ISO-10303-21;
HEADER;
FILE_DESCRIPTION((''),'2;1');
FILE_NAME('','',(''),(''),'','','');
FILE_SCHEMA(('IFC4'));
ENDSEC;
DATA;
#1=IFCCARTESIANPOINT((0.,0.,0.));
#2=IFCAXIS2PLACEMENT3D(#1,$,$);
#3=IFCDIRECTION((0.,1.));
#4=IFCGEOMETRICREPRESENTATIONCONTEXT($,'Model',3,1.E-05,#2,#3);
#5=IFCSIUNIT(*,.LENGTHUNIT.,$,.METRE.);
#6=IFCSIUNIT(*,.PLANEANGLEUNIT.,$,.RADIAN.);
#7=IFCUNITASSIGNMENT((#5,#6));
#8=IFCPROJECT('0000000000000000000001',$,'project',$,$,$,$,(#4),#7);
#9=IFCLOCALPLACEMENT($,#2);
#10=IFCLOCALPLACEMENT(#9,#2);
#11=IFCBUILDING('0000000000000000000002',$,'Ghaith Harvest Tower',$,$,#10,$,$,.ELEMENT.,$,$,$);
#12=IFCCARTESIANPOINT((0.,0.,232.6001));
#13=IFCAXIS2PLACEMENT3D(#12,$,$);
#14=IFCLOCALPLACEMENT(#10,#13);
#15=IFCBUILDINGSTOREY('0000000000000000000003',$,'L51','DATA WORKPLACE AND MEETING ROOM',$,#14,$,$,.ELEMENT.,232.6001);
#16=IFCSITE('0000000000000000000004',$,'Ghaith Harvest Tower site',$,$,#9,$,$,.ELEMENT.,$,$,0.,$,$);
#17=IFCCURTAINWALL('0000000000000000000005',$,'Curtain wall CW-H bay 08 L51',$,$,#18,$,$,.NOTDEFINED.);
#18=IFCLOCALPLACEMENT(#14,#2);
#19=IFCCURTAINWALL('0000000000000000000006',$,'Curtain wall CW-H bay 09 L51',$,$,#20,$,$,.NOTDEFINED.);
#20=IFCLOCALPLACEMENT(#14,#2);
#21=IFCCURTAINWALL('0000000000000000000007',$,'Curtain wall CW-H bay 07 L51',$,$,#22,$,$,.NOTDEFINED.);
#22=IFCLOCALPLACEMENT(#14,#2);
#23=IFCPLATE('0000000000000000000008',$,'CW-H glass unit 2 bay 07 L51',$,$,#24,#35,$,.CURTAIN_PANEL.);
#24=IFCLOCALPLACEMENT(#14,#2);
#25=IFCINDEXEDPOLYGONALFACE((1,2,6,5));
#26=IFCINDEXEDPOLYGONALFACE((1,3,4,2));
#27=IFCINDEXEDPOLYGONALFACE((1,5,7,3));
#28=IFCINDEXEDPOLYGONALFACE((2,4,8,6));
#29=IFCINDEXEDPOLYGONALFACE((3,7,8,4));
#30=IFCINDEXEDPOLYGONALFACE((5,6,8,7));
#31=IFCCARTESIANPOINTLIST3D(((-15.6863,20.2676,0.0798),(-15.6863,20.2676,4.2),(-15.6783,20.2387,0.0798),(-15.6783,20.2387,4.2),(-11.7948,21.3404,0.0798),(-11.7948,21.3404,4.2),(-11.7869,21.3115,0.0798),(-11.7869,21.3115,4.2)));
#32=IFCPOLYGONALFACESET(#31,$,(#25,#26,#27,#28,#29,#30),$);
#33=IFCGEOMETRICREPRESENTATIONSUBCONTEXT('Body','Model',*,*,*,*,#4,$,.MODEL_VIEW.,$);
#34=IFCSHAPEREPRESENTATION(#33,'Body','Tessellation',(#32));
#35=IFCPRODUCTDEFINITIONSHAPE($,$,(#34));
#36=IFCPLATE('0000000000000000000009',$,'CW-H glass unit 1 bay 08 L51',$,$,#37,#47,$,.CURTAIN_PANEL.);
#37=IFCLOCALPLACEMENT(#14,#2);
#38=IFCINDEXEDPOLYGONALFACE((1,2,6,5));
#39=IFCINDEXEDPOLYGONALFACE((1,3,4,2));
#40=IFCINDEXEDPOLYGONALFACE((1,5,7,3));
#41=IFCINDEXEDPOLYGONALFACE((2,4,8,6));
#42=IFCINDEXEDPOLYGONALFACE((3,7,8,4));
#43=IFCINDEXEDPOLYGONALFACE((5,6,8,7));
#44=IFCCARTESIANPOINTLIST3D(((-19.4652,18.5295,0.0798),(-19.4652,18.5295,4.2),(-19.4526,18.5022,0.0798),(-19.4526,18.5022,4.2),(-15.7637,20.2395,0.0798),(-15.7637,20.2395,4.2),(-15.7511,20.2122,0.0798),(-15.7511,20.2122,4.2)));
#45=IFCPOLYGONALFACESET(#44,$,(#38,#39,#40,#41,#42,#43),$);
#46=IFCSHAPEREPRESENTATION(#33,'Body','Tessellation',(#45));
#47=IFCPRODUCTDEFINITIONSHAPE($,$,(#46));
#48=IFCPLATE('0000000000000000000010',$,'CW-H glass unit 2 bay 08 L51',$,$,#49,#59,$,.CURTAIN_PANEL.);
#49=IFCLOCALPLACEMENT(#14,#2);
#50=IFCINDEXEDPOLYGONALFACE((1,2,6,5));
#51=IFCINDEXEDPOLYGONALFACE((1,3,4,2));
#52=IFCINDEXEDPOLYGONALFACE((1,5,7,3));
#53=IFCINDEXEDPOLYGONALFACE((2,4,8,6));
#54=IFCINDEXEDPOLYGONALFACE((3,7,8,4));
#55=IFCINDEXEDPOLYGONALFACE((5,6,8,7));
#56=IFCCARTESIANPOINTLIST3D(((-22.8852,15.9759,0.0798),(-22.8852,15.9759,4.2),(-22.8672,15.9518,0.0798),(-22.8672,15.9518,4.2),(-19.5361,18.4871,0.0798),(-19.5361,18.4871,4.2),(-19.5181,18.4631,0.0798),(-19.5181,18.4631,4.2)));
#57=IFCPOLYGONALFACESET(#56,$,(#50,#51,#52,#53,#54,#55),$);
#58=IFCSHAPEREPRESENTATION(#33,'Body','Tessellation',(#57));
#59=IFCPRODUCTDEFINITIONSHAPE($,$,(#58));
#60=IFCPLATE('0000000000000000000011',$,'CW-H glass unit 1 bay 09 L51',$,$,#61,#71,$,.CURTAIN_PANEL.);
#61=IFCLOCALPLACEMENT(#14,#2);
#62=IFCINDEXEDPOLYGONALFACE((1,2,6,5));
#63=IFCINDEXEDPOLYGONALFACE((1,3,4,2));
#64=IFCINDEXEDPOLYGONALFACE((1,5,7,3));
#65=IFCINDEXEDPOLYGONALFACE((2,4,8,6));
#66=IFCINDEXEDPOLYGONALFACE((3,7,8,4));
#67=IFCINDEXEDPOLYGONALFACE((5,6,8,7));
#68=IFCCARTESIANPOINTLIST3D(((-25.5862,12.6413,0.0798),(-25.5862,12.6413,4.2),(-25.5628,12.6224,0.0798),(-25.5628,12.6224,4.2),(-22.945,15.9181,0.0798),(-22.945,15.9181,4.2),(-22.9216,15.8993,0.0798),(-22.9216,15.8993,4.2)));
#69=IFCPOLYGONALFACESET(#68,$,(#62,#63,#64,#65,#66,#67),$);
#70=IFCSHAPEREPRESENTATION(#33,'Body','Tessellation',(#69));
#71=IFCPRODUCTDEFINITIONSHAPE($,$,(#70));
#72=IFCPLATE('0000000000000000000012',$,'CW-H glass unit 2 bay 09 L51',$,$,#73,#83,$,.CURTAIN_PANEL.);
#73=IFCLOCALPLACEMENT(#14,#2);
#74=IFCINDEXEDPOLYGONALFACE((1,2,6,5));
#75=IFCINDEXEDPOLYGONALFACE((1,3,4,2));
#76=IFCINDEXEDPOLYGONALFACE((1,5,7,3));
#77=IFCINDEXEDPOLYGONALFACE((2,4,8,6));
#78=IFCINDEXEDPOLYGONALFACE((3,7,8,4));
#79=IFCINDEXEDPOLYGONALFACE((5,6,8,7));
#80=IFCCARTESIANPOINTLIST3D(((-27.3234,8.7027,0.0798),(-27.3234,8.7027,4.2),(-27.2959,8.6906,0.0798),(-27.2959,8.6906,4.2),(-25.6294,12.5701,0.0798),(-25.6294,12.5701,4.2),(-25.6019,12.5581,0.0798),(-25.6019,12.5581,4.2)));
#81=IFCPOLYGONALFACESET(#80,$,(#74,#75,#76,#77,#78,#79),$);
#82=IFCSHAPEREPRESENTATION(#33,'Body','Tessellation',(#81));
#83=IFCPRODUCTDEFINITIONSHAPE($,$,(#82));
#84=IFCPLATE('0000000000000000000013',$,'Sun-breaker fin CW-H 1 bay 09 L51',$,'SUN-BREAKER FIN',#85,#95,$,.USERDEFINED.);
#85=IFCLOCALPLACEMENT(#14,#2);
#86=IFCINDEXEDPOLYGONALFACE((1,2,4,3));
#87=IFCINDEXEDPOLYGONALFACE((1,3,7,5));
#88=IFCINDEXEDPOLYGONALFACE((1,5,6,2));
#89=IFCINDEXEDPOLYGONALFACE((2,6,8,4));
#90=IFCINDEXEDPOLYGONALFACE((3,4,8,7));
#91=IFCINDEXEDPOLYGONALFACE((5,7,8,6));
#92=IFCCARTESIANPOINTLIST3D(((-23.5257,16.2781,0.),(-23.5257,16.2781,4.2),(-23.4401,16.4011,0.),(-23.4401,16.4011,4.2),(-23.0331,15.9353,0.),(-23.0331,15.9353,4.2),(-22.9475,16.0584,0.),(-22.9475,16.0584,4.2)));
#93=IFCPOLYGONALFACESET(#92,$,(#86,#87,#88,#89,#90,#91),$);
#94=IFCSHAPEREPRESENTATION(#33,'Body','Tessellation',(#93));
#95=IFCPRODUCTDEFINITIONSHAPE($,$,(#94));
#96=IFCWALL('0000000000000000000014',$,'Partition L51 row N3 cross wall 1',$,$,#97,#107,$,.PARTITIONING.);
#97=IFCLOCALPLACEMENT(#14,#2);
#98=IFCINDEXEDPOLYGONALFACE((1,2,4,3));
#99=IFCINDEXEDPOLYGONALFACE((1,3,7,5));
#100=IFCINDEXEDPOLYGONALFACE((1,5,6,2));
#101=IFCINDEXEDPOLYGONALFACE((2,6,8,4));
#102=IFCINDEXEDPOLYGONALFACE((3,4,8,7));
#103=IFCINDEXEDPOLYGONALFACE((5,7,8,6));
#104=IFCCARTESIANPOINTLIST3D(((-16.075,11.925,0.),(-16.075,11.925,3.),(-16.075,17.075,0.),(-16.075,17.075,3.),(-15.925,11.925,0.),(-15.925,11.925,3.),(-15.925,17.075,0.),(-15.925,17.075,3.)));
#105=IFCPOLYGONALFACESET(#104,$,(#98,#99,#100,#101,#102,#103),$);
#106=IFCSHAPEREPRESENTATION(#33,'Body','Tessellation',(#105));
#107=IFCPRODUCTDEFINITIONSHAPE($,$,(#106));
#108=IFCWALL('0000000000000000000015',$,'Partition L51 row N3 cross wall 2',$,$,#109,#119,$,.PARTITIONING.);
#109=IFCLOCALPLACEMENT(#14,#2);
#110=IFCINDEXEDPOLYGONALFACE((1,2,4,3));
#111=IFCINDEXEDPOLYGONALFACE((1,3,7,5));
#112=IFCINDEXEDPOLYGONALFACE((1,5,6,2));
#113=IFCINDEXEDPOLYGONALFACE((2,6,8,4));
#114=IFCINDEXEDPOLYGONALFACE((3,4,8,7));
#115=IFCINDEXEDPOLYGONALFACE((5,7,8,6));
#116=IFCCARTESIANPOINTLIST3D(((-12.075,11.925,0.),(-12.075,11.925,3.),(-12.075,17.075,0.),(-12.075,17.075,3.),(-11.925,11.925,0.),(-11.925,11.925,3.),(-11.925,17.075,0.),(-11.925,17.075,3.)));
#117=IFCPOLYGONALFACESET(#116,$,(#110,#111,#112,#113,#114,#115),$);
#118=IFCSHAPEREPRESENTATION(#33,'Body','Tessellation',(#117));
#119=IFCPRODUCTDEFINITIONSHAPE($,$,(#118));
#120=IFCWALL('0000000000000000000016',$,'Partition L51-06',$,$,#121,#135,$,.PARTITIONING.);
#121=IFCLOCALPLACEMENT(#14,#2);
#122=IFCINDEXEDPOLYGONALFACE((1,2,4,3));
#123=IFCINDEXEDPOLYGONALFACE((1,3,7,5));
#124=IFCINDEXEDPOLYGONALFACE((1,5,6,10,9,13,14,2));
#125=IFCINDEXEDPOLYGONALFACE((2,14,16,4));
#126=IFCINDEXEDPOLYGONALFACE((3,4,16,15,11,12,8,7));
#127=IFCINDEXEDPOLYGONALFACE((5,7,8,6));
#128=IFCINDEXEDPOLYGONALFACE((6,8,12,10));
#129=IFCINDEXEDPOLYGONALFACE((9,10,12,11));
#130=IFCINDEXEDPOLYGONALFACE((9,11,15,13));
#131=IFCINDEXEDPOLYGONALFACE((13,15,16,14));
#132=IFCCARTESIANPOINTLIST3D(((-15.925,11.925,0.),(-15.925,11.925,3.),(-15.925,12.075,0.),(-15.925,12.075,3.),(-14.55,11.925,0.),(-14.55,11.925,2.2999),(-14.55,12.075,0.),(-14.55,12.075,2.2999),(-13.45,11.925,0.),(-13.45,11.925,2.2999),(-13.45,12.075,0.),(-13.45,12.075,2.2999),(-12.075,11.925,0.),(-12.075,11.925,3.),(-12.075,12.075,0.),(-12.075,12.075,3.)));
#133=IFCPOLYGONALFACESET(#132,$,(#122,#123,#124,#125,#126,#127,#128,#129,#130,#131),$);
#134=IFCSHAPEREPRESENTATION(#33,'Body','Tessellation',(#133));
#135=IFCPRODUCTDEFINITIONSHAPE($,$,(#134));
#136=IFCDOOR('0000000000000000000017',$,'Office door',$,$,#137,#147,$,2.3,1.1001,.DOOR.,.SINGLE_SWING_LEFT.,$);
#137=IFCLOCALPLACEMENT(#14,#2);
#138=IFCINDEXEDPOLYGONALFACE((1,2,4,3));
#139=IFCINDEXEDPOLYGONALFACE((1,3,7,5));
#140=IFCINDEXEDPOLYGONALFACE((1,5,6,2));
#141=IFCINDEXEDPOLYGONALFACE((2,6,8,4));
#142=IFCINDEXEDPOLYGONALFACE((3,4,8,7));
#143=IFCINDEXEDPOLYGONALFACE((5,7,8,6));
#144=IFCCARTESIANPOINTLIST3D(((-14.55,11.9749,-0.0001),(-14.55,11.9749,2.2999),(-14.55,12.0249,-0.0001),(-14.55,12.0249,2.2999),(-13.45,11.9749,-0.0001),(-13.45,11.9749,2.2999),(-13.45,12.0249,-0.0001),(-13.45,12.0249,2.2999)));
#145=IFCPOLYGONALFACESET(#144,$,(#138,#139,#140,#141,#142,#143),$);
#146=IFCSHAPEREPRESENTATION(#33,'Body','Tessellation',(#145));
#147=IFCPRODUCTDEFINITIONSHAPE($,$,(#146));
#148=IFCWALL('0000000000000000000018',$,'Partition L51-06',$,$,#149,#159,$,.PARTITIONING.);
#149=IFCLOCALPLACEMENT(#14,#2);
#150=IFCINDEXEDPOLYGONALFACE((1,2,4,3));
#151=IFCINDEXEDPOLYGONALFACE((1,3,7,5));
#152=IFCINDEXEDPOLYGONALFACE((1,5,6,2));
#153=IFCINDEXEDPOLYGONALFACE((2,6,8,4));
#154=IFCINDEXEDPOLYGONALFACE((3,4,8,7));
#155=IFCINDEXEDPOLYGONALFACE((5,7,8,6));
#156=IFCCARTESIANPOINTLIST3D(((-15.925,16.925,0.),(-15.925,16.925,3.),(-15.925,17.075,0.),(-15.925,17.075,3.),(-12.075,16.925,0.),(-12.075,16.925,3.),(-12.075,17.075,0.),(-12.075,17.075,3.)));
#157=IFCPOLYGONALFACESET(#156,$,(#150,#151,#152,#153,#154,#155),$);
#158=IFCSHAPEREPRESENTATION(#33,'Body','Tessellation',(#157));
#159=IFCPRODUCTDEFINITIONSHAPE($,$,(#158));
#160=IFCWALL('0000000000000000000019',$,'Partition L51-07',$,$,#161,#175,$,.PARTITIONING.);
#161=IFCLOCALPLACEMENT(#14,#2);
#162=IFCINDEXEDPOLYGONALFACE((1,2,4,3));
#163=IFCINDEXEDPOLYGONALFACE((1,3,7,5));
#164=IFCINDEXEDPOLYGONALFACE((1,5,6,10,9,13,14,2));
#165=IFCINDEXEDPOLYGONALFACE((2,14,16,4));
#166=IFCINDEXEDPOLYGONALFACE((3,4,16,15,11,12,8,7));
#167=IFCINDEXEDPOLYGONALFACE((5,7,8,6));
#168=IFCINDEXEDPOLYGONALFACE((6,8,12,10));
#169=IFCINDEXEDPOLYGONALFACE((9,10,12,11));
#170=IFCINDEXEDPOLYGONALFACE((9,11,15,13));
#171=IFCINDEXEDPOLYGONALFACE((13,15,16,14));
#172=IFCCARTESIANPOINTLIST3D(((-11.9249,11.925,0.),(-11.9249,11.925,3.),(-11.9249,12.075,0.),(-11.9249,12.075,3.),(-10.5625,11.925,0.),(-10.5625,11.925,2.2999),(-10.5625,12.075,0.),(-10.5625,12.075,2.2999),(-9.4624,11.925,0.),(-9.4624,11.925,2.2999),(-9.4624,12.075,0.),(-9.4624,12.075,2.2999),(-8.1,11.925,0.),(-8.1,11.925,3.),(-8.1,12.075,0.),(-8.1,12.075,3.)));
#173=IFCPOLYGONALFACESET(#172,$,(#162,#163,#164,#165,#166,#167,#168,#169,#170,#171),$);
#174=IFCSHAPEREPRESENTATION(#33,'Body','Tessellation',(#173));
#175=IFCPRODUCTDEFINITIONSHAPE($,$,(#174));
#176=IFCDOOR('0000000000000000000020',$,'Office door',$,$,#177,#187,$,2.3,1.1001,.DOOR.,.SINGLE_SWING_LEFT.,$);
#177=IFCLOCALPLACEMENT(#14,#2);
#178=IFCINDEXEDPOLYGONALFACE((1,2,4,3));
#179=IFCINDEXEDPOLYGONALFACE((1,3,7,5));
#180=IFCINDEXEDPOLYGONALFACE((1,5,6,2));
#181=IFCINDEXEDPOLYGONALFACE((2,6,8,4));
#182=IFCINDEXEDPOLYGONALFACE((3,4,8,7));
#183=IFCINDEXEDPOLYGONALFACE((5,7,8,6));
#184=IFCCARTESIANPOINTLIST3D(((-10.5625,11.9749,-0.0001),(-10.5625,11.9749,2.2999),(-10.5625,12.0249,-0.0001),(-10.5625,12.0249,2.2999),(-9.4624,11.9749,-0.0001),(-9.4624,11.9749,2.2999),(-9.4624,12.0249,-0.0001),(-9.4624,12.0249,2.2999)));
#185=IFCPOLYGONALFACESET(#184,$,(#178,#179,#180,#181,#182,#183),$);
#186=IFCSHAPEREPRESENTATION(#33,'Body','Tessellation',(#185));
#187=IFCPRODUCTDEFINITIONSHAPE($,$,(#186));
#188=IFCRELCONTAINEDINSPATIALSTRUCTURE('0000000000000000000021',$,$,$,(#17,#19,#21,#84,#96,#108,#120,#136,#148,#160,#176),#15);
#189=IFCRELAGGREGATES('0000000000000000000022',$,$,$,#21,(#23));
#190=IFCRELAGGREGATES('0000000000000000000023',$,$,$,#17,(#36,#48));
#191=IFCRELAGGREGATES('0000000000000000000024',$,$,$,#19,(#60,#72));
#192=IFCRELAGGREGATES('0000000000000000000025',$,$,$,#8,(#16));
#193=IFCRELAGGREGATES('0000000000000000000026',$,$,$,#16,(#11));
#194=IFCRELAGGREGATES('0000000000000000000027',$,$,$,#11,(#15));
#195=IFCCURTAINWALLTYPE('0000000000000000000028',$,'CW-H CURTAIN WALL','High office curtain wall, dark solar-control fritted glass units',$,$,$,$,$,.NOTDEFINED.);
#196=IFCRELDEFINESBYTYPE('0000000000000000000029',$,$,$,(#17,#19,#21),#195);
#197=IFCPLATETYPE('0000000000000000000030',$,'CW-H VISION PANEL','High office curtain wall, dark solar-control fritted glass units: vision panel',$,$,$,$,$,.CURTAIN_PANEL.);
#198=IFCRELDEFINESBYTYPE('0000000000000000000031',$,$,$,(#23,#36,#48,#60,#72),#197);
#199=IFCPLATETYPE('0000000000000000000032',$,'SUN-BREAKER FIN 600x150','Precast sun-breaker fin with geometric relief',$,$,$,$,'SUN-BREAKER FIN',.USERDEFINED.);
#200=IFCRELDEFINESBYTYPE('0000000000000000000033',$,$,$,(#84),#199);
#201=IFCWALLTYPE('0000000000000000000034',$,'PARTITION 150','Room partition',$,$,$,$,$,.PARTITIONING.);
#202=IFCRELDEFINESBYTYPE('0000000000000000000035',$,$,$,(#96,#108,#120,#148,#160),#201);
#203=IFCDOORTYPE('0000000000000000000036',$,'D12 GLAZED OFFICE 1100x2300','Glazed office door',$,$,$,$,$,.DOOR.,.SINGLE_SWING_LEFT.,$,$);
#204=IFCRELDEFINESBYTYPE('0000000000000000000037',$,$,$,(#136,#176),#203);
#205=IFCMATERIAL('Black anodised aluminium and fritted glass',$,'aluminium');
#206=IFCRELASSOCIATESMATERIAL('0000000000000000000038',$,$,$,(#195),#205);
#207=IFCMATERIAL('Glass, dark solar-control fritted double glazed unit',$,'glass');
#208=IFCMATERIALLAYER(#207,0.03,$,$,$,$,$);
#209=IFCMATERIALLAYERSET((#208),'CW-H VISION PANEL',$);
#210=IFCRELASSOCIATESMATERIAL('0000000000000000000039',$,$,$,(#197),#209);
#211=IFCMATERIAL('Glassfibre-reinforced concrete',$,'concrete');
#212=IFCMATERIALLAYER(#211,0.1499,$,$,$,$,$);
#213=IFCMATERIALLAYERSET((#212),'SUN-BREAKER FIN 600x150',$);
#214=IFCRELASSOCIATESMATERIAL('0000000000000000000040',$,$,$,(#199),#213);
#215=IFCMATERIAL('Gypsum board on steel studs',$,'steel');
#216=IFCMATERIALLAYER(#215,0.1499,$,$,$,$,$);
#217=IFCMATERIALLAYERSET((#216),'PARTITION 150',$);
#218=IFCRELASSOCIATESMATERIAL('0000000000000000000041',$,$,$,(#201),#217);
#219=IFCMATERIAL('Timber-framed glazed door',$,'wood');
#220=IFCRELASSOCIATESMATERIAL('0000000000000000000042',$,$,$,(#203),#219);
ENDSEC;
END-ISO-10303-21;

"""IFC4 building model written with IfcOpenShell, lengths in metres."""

from ifc_helpers import new_model, si_unit, direction, frame, frame_2d, origin, origin_2d, place, context, subcontext, project, spatial, rectangle, extrude, material, layer, layer_set, type_object, element, fill, aggregate, save


model = new_model("IFC4")

# Units and contexts
model_context = context("Model", 3, precision=1e-05, world=origin(), true_north=direction((0.0, 1.0)))
body_context = subcontext(model_context, "Body", "Model", "MODEL_VIEW")
ifc_project = project(units=[si_unit("LENGTHUNIT", "METRE"), si_unit("PLANEANGLEUNIT", "RADIAN")], contexts=[model_context])

# Site, building, storey
site_placement = place(None, origin())
site = spatial("IfcSite", under=ifc_project, at=site_placement, Name="Ghaith Harvest Tower site", CompositionType="ELEMENT", RefElevation=0.0)
building_placement = place(site_placement, origin())
building = spatial("IfcBuilding", under=site, at=building_placement, Name="Ghaith Harvest Tower", CompositionType="ELEMENT")
storey_placement = place(building_placement, frame((0.0, 0.0, 232.6001)))
storey = spatial("IfcBuildingStorey", under=building, at=storey_placement, Name="L51", Description="DATA WORKPLACE AND MEETING ROOM", CompositionType="ELEMENT", Elevation=232.6001)

# Curtain walls
ifc_material_1 = material(Name="Black anodised aluminium and fritted glass", Category="aluminium")
curtain_wall_type = type_object("IfcCurtainWallType", Name="CW-H CURTAIN WALL", Description="High office curtain wall, dark solar-control fritted glass units", PredefinedType="NOTDEFINED", material=ifc_material_1)
curtain_wall_1_placement = place(storey_placement, origin())
curtain_wall_1 = element("IfcCurtainWall", 1, at=curtain_wall_1_placement, inside=storey, type_object=curtain_wall_type, Name="Curtain wall CW-H bay 08 L51", PredefinedType="NOTDEFINED")
curtain_wall_2_placement = place(storey_placement, origin())
curtain_wall_2 = element("IfcCurtainWall", 2, at=curtain_wall_2_placement, inside=storey, type_object=curtain_wall_type, Name="Curtain wall CW-H bay 09 L51", PredefinedType="NOTDEFINED")

# Curtain wall, plate
curtain_wall_3_placement = place(storey_placement, origin())
curtain_wall_3 = element("IfcCurtainWall", 3, at=curtain_wall_3_placement, inside=storey, type_object=curtain_wall_type, Name="Curtain wall CW-H bay 07 L51", PredefinedType="NOTDEFINED")
ifc_material_2 = material(Name="Glass, dark solar-control fritted double glazed unit", Category="glass")
ifc_layer_1 = layer(ifc_material_2, 0.03)
ifc_layer_set_1 = layer_set([ifc_layer_1], Name="CW-H VISION PANEL")
plate_type_1 = type_object("IfcPlateType", Name="CW-H VISION PANEL", Description="High office curtain wall, dark solar-control fritted glass units: vision panel", PredefinedType="CURTAIN_PANEL", material=ifc_layer_set_1)
plate_1_placement = place(storey_placement, frame((-13.7366, 20.7896, 0.0798), z_axis=(0.0, 0.0, 1.0), x_axis=(-0.964034, -0.265779, 0.0)))
plate_1 = element("IfcPlate", 4, at=plate_1_placement, type_object=plate_type_1, Name="CW-H glass unit 2 bay 07 L51", PredefinedType="CURTAIN_PANEL", context=body_context, shape_type="SweptSolid", body=[
    extrude(rectangle(XDim=4.0366, YDim=0.03, at=origin_2d()), origin(), (0.0, 0.0, 1.0), 4.1201),
])
aggregate(curtain_wall_3, [plate_1])

# Plates
plate_2_placement = place(storey_placement, frame((-17.6082, 19.3708, 0.0798), z_axis=(0.0, 0.0, 1.0), x_axis=(-0.907814, -0.419372, 0.0)))
plate_2 = element("IfcPlate", 5, at=plate_2_placement, type_object=plate_type_1, Name="CW-H glass unit 1 bay 08 L51", PredefinedType="CURTAIN_PANEL", context=body_context, shape_type="SweptSolid", body=[
    extrude(rectangle(XDim=4.0774, YDim=0.03, at=origin_2d()), origin(), (0.0, 0.0, 1.0), 4.1201),
])
plate_3_placement = place(storey_placement, frame((-21.2017, 17.2195, 0.0798), z_axis=(0.0, 0.0, 1.0), x_axis=(-0.800067, -0.599911, 0.0)))
plate_3 = element("IfcPlate", 6, at=plate_3_placement, type_object=plate_type_1, Name="CW-H glass unit 2 bay 08 L51", PredefinedType="CURTAIN_PANEL", context=body_context, shape_type="SweptSolid", body=[
    extrude(rectangle(XDim=4.186, YDim=0.03, at=origin_2d()), origin(), (0.0, 0.0, 1.0), 4.1201),
])
aggregate(curtain_wall_1, [plate_2, plate_3])
plate_4_placement = place(storey_placement, frame((-24.2539, 14.2703, 0.0798), z_axis=(0.0, 0.0, 1.0), x_axis=(-0.627548, -0.778578, 0.0)))
plate_4 = element("IfcPlate", 7, at=plate_4_placement, type_object=plate_type_1, Name="CW-H glass unit 1 bay 09 L51", PredefinedType="CURTAIN_PANEL", context=body_context, shape_type="SweptSolid", body=[
    extrude(rectangle(XDim=4.2087, YDim=0.03, at=origin_2d()), origin(), (0.0, 0.0, 1.0), 4.1201),
])
plate_5_placement = place(storey_placement, frame((-26.4626, 10.6304, 0.0798), z_axis=(0.0, 0.0, 1.0), x_axis=(-0.401213, -0.915985, 0.0)))
plate_5 = element("IfcPlate", 8, at=plate_5_placement, type_object=plate_type_1, Name="CW-H glass unit 2 bay 09 L51", PredefinedType="CURTAIN_PANEL", context=body_context, shape_type="SweptSolid", body=[
    extrude(rectangle(XDim=4.2222, YDim=0.03, at=origin_2d()), origin(), (0.0, 0.0, 1.0), 4.1201),
])
aggregate(curtain_wall_2, [plate_4, plate_5])
ifc_material_3 = material(Name="Glassfibre-reinforced concrete", Category="concrete")
ifc_layer_2 = layer(ifc_material_3, 0.1499)
ifc_layer_set_2 = layer_set([ifc_layer_2], Name="SUN-BREAKER FIN 600x150")
plate_type_2 = type_object("IfcPlateType", Name="SUN-BREAKER FIN 600x150", Description="Precast sun-breaker fin with geometric relief", ElementType="SUN-BREAKER FIN", PredefinedType="USERDEFINED", material=ifc_layer_set_2)
plate_6_placement = place(storey_placement, frame((-23.2366, 16.1682, 0.0), z_axis=(0.0, 0.0, 1.0), x_axis=(-0.820845, 0.57115, 0.0)))
element("IfcPlate", 9, at=plate_6_placement, inside=storey, type_object=plate_type_2, Name="Sun-breaker fin CW-H 1 bay 09 L51", ObjectType="SUN-BREAKER FIN", PredefinedType="USERDEFINED", context=body_context, shape_type="SweptSolid", body=[
    extrude(rectangle(XDim=0.6001, YDim=0.1499, at=origin_2d()), origin(), (0.0, 0.0, 1.0), 4.2),
])

# Walls
ifc_material_4 = material(Name="Gypsum board on steel studs", Category="steel")
ifc_layer_3 = layer(ifc_material_4, 0.1499)
ifc_layer_set_3 = layer_set([ifc_layer_3], Name="PARTITION 150")
wall_type = type_object("IfcWallType", Name="PARTITION 150", Description="Room partition", PredefinedType="PARTITIONING", material=ifc_layer_set_3)
for number, where, z_axis, x_axis, name in (
    (10, (-16.0, 11.925, 0.0), (0.0, 0.0, 1.0), (0.0, 1.0, 0.0), "Partition L51 row N3 cross wall 1"),
    (11, (-12.0, 11.925, 0.0), (0.0, 0.0, 1.0), (0.0, 1.0, 0.0), "Partition L51 row N3 cross wall 2"),
):
    element("IfcWall", number, at=place(storey_placement, frame(where, z_axis=z_axis, x_axis=x_axis)), inside=storey, type_object=wall_type, Name=name, PredefinedType="PARTITIONING", context=body_context, shape_type="SweptSolid", body=[
        extrude(rectangle(XDim=5.1499, YDim=0.1499, at=frame_2d((2.575, 0.0))), origin(), (0.0, 0.0, 1.0), 3.0),
    ])

# Wall, opening, door
wall_1_placement = place(storey_placement, frame((-15.925, 12.0, 0.0), z_axis=(0.0, 0.0, 1.0), x_axis=(1.0, 0.0, 0.0)))
wall_1 = element("IfcWall", 12, at=wall_1_placement, inside=storey, type_object=wall_type, Name="Partition L51-06", PredefinedType="PARTITIONING", context=body_context, shape_type="SweptSolid", body=[
    extrude(rectangle(XDim=3.8501, YDim=0.1499, at=frame_2d((1.925, 0.0))), origin(), (0.0, 0.0, 1.0), 3.0),
])
opening_1_placement = place(wall_1_placement, frame((1.375, 0.0, 0.0)))
opening_1 = element("IfcOpeningElement", 13, at=opening_1_placement, cuts=wall_1, PredefinedType="OPENING", context=body_context, shape_type="SweptSolid", body=[
    extrude(rectangle(XDim=1.1001, YDim=2.3, at=frame_2d((0.55, 1.1499))), frame((0.0, 0.085, 0.0), z_axis=(0.0, -1.0, 0.0), x_axis=(1.0, 0.0, 0.0)), (0.0, 0.0, 1.0), 0.1699),
])
ifc_material_5 = material(Name="Timber-framed glazed door", Category="wood")
door_type = type_object("IfcDoorType", Name="D12 GLAZED OFFICE 1100x2300", Description="Glazed office door", OperationType="SINGLE_SWING_LEFT", PredefinedType="DOOR", material=ifc_material_5)
door_1_placement = place(opening_1_placement, origin())
door_1 = element("IfcDoor", 14, at=door_1_placement, inside=storey, type_object=door_type, Name="Office door", OperationType="SINGLE_SWING_LEFT", OverallHeight=2.3, OverallWidth=1.1001, PredefinedType="DOOR", context=body_context, shape_type="SweptSolid", body=[
    extrude(rectangle(XDim=1.1001, YDim=2.3, at=frame_2d((0.55, 1.1499))), frame((0.0, 0.0249, 0.0), z_axis=(0.0, -1.0, 0.0), x_axis=(1.0, 0.0, 0.0)), (0.0, 0.0, 1.0), 0.05),
])
fill(opening_1, door_1)

# Wall
wall_2_placement = place(storey_placement, frame((-15.925, 17.0, 0.0), z_axis=(0.0, 0.0, 1.0), x_axis=(1.0, 0.0, 0.0)))
element("IfcWall", 15, at=wall_2_placement, inside=storey, type_object=wall_type, Name="Partition L51-06", PredefinedType="PARTITIONING", context=body_context, shape_type="SweptSolid", body=[
    extrude(rectangle(XDim=3.8501, YDim=0.1499, at=frame_2d((1.925, 0.0))), origin(), (0.0, 0.0, 1.0), 3.0),
])

# Wall, opening, door
wall_3_placement = place(storey_placement, frame((-11.925, 12.0, 0.0), z_axis=(0.0, 0.0, 1.0), x_axis=(1.0, 0.0, 0.0)))
wall_3 = element("IfcWall", 16, at=wall_3_placement, inside=storey, type_object=wall_type, Name="Partition L51-07", PredefinedType="PARTITIONING", context=body_context, shape_type="SweptSolid", body=[
    extrude(rectangle(XDim=3.825, YDim=0.1499, at=frame_2d((1.9126, 0.0))), origin(), (0.0, 0.0, 1.0), 3.0),
])
opening_2_placement = place(wall_3_placement, frame((1.3625, 0.0, 0.0)))
opening_2 = element("IfcOpeningElement", 17, at=opening_2_placement, cuts=wall_3, PredefinedType="OPENING", context=body_context, shape_type="SweptSolid", body=[
    extrude(rectangle(XDim=1.1001, YDim=2.3, at=frame_2d((0.55, 1.1499))), frame((0.0, 0.085, 0.0), z_axis=(0.0, -1.0, 0.0), x_axis=(1.0, 0.0, 0.0)), (0.0, 0.0, 1.0), 0.1699),
])
door_2_placement = place(opening_2_placement, origin())
door_2 = element("IfcDoor", 18, at=door_2_placement, inside=storey, type_object=door_type, Name="Office door", OperationType="SINGLE_SWING_LEFT", OverallHeight=2.3, OverallWidth=1.1001, PredefinedType="DOOR", context=body_context, shape_type="SweptSolid", body=[
    extrude(rectangle(XDim=1.1001, YDim=2.3, at=frame_2d((0.55, 1.1499))), frame((0.0, 0.0249, 0.0), z_axis=(0.0, -1.0, 0.0), x_axis=(1.0, 0.0, 0.0)), (0.0, 0.0, 1.0), 0.05),
])
fill(opening_2, door_2)

save(model, "model.ifc")
